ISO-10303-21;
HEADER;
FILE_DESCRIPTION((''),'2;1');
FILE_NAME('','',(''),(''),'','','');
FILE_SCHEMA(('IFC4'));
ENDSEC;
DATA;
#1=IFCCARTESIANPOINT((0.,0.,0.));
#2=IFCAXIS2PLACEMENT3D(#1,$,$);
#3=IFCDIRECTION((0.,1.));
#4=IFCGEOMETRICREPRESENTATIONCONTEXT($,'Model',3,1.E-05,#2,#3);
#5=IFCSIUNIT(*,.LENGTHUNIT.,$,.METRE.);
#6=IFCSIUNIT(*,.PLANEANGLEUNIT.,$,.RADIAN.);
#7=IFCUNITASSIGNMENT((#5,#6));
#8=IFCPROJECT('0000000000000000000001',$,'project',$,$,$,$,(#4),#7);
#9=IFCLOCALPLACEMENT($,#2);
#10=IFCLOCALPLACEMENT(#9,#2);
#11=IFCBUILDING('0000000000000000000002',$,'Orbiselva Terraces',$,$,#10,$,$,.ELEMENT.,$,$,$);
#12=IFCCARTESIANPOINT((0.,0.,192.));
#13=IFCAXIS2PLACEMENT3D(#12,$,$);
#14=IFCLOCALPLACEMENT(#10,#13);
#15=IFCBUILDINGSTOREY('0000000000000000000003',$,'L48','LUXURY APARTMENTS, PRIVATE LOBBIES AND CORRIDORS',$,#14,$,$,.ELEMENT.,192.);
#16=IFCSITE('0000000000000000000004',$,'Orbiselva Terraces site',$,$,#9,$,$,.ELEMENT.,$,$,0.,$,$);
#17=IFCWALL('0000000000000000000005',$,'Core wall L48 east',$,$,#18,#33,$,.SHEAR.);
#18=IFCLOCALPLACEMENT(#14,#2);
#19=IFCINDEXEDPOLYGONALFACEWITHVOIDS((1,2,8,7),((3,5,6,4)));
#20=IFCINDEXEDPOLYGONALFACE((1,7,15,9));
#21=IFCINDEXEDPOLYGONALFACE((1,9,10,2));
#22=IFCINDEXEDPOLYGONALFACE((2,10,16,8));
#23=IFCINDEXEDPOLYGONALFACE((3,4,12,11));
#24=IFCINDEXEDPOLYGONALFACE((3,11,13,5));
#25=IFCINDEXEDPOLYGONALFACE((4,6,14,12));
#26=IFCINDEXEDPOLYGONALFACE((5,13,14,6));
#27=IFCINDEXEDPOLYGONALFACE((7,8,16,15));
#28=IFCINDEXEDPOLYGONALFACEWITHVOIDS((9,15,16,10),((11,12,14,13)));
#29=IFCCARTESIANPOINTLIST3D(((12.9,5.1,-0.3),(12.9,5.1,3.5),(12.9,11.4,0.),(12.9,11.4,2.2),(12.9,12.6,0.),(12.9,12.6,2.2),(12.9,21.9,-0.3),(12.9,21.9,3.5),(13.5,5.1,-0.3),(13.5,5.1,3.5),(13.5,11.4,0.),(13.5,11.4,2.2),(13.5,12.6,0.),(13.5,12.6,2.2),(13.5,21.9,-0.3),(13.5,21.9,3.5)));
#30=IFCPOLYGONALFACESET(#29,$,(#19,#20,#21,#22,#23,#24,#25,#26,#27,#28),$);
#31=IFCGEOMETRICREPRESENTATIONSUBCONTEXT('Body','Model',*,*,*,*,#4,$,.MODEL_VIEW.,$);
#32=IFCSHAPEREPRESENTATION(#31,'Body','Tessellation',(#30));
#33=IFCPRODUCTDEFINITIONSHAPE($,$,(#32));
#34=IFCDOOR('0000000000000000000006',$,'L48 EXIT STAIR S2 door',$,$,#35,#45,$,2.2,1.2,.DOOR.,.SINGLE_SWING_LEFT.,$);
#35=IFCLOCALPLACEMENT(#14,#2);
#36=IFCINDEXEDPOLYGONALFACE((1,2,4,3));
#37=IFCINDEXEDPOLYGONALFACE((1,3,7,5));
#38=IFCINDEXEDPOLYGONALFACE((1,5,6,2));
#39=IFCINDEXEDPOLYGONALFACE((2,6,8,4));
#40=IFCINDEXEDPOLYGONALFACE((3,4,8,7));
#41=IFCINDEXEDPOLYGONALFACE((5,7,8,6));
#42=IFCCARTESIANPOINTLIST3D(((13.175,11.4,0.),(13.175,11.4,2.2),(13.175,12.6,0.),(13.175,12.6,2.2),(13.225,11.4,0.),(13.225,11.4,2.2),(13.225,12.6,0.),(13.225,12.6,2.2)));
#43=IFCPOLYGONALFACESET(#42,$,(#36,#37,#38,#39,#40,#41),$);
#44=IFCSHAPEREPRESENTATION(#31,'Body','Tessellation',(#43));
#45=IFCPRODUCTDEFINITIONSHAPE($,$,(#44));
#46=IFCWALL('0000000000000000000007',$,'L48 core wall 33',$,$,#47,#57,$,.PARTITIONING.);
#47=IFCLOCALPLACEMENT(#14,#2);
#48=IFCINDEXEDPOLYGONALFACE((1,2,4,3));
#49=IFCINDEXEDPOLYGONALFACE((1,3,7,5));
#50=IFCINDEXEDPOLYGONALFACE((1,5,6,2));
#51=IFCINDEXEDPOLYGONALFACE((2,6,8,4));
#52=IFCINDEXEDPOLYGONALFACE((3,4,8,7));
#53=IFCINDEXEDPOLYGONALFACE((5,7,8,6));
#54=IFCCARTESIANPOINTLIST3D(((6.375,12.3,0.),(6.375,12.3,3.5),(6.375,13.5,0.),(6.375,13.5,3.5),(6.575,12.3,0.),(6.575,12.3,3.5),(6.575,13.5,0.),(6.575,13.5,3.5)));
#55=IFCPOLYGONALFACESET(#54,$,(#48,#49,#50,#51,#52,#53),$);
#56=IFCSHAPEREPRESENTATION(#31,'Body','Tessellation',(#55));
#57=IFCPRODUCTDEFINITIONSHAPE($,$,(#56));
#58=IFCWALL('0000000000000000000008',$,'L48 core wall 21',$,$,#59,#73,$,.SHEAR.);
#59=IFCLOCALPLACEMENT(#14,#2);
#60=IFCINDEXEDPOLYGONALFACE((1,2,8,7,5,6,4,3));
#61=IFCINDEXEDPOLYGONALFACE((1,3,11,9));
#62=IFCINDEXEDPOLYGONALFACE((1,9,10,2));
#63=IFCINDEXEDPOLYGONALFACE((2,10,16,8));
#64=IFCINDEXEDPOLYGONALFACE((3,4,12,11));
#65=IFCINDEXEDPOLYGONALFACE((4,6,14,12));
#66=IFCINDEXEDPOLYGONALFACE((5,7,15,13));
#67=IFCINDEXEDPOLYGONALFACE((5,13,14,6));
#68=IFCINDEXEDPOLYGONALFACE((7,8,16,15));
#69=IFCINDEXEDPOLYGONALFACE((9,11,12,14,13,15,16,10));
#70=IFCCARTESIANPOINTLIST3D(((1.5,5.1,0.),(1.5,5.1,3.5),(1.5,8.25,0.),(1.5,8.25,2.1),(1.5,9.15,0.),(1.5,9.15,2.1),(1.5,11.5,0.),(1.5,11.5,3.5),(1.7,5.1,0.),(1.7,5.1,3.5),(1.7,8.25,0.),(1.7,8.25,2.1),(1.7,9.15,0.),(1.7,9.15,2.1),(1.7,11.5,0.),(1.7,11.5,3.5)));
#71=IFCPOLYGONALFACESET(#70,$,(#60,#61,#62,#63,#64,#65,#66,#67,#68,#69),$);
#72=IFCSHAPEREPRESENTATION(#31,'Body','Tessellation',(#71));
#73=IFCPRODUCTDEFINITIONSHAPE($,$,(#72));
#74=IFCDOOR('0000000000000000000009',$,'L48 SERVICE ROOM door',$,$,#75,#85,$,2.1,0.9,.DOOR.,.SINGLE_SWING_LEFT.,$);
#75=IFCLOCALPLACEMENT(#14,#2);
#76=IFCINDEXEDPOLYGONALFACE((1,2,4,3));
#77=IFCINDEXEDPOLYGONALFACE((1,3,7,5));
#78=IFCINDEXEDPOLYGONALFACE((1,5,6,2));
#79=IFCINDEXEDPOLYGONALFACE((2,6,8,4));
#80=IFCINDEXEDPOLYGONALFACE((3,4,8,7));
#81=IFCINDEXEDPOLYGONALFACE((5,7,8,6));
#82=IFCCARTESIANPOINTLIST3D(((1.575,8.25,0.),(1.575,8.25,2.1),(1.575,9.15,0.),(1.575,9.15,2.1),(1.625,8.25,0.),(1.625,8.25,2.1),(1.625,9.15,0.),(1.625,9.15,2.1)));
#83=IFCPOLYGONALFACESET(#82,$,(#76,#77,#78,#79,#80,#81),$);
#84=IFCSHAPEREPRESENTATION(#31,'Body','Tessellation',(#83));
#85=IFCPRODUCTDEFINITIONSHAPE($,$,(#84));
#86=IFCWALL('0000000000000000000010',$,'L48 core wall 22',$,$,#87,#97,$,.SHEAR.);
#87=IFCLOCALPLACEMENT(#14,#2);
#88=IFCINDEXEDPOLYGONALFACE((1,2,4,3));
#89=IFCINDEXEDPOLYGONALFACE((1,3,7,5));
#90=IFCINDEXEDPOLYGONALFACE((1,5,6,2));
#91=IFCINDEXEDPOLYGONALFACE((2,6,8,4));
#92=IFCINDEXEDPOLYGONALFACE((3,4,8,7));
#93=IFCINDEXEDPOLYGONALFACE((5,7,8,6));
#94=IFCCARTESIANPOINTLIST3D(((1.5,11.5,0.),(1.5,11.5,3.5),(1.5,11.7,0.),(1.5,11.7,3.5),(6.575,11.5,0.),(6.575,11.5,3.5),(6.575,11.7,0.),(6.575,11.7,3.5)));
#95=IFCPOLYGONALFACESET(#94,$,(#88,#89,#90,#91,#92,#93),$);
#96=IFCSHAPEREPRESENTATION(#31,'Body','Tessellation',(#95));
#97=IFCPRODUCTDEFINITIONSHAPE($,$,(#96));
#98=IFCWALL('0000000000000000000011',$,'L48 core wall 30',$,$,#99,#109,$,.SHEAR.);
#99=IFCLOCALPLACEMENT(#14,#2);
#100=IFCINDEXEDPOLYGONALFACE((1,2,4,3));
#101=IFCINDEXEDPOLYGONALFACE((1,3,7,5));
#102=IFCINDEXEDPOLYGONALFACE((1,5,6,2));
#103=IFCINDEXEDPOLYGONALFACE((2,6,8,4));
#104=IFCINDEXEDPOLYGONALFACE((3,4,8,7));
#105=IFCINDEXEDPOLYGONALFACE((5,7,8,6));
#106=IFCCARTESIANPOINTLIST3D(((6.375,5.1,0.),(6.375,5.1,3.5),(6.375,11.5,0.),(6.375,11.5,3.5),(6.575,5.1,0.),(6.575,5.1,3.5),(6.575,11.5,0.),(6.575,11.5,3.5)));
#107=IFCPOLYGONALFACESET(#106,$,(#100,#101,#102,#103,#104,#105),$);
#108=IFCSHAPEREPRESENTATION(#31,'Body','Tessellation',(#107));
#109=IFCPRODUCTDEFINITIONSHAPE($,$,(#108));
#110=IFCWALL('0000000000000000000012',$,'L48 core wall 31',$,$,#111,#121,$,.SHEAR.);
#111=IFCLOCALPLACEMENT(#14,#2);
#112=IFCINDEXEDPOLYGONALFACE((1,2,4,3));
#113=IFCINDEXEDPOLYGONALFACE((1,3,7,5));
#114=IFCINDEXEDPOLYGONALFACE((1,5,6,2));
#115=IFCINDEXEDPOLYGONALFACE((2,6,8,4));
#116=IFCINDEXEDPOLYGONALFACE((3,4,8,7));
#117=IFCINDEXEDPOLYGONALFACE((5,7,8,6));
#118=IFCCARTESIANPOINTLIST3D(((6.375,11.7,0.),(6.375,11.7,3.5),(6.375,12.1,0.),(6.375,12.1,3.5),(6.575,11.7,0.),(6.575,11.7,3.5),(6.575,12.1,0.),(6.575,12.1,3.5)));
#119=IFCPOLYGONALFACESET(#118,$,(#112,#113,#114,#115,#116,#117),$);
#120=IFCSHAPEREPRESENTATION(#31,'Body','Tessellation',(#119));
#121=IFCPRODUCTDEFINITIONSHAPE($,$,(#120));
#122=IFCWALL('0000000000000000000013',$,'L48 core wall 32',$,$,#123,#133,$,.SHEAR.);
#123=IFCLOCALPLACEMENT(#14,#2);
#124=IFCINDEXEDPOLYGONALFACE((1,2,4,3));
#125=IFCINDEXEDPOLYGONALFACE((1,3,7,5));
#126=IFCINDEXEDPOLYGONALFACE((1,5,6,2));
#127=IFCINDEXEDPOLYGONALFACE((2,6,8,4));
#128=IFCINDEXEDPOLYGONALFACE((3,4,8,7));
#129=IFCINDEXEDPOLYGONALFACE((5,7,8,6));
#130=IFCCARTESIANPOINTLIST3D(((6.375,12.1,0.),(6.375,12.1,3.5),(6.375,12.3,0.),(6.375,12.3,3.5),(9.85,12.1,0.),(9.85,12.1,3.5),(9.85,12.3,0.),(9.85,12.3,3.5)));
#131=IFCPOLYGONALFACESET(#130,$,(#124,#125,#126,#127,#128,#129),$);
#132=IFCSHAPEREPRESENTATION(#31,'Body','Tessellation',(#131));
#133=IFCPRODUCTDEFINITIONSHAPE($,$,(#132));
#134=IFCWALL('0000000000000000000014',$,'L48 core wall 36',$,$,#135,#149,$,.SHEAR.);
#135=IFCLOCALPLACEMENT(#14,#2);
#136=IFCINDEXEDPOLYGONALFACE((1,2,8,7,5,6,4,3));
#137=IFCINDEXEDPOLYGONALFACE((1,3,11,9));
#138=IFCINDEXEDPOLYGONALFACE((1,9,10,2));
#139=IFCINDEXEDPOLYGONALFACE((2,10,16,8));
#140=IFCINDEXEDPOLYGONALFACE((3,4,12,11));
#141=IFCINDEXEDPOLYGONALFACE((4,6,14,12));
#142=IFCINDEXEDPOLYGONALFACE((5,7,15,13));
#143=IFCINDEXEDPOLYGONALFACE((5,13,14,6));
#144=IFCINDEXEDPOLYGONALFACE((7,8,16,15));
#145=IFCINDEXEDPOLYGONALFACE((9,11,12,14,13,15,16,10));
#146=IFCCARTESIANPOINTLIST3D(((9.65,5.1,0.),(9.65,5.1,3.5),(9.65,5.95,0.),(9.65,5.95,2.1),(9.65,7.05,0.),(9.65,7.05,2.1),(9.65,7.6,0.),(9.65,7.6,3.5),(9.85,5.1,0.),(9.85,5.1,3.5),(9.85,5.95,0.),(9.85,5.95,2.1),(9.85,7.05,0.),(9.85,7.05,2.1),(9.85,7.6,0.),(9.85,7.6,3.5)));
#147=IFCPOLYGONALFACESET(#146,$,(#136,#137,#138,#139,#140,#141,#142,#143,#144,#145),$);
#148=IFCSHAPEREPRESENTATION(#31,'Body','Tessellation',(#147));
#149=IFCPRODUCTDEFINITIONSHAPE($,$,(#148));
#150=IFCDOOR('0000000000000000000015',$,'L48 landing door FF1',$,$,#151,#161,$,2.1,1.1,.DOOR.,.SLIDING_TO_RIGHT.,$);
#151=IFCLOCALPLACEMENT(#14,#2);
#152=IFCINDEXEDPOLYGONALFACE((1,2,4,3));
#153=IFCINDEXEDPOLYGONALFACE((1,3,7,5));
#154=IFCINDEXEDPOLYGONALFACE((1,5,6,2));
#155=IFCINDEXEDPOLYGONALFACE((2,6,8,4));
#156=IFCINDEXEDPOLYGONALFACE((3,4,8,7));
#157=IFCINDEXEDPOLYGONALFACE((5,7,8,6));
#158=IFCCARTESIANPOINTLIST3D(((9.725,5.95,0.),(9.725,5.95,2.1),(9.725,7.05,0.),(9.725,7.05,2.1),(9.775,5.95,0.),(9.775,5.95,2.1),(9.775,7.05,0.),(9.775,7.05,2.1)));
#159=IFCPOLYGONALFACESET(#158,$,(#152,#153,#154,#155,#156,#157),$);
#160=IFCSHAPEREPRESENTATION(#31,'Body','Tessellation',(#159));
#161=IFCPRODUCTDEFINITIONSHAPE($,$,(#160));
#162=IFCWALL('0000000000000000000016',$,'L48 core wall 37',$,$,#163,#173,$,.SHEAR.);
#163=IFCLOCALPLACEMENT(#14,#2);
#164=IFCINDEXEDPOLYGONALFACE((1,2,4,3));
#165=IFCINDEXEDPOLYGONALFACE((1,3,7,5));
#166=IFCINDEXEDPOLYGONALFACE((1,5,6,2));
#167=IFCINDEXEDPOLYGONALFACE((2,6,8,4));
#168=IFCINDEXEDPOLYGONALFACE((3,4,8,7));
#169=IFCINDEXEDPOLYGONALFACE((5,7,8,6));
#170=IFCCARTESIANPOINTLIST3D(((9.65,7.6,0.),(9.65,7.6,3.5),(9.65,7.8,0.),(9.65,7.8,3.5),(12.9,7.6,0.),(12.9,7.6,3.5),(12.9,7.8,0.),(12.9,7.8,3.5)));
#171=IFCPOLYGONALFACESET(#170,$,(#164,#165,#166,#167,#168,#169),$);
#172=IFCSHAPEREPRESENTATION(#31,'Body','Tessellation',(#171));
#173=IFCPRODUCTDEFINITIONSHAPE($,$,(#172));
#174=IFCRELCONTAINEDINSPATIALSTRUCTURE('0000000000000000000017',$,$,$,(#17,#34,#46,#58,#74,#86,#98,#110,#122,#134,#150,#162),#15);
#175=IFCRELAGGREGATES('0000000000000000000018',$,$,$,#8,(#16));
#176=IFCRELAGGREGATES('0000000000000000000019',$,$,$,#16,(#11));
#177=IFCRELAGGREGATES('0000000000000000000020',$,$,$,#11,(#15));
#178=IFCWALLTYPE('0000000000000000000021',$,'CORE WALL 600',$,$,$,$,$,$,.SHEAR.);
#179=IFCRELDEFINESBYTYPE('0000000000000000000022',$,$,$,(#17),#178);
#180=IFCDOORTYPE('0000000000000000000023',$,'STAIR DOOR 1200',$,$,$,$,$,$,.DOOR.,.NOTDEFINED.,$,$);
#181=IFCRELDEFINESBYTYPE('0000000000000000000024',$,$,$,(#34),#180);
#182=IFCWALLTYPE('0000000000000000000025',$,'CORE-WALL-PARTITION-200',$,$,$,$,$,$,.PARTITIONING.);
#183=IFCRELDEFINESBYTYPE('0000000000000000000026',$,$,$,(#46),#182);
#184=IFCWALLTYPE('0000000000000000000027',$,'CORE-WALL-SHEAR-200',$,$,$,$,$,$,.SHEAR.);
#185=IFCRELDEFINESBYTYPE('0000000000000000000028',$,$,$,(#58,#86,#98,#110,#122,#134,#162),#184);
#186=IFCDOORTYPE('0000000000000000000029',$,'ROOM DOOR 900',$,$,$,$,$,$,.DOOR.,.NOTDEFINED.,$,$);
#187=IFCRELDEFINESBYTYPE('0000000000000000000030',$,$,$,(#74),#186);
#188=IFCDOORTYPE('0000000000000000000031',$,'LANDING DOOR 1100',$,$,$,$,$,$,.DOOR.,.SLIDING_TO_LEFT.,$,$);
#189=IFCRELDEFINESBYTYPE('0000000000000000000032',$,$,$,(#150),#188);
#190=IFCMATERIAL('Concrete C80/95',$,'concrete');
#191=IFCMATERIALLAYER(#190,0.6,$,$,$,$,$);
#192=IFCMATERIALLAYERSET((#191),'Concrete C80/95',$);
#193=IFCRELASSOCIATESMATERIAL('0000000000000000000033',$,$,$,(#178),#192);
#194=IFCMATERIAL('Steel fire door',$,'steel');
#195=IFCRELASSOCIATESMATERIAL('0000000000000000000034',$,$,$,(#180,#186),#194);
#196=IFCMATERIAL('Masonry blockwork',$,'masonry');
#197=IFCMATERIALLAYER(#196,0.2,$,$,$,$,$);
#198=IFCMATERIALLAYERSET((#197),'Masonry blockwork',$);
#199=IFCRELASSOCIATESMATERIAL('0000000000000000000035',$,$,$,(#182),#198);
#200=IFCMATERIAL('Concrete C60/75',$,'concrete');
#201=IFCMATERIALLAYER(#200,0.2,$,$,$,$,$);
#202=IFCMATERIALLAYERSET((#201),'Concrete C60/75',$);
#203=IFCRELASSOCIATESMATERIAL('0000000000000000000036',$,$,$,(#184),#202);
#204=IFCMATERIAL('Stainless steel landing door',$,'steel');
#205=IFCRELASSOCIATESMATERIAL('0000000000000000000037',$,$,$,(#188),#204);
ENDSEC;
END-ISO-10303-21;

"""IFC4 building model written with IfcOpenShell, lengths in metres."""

from ifc_helpers import new_model, si_unit, direction, frame, frame_2d, origin, place, context, subcontext, project, spatial, rectangle, extrude, material, layer, layer_set, type_object, element, fill, save


model = new_model("IFC4")

# Units and contexts
model_context = context("Model", 3, precision=1e-05, world=origin(), true_north=direction((0.0, 1.0)))
body_context = subcontext(model_context, "Body", "Model", "MODEL_VIEW")
ifc_project = project(units=[si_unit("LENGTHUNIT", "METRE"), si_unit("PLANEANGLEUNIT", "RADIAN")], contexts=[model_context])

# Site, building, storey
site_placement = place(None, origin())
site = spatial("IfcSite", under=ifc_project, at=site_placement, Name="Orbiselva Terraces site", CompositionType="ELEMENT", RefElevation=0.0)
building_placement = place(site_placement, origin())
building = spatial("IfcBuilding", under=site, at=building_placement, Name="Orbiselva Terraces", CompositionType="ELEMENT")
storey_placement = place(building_placement, frame((0.0, 0.0, 192.0)))
storey = spatial("IfcBuildingStorey", under=building, at=storey_placement, Name="L48", Description="LUXURY APARTMENTS, PRIVATE LOBBIES AND CORRIDORS", CompositionType="ELEMENT", Elevation=192.0)

# Wall, opening, door
ifc_material_1 = material(Name="Concrete C80/95", Category="concrete")
ifc_layer_1 = layer(ifc_material_1, 0.6)
ifc_layer_set_1 = layer_set([ifc_layer_1], Name="Concrete C80/95")
wall_type_1 = type_object("IfcWallType", Name="CORE WALL 600", PredefinedType="SHEAR", material=ifc_layer_set_1)
wall_1_placement = place(storey_placement, frame((13.2, 5.1, -0.3), z_axis=(0.0, 0.0, 1.0), x_axis=(0.0, 1.0, 0.0)))
wall_1 = element("IfcWall", 1, at=wall_1_placement, inside=storey, type_object=wall_type_1, Name="Core wall L48 east", PredefinedType="SHEAR", context=body_context, shape_type="SweptSolid", body=[
    extrude(rectangle(XDim=16.8, YDim=0.6, at=frame_2d((8.4, 0.0))), origin(), (0.0, 0.0, 1.0), 3.8),
])
opening_1_placement = place(wall_1_placement, frame((6.3, 0.0, 0.3)))
opening_1 = element("IfcOpeningElement", 2, at=opening_1_placement, cuts=wall_1, PredefinedType="OPENING", context=body_context, shape_type="SweptSolid", body=[
    extrude(rectangle(XDim=1.2, YDim=2.2, at=frame_2d((0.6, 1.1))), frame((0.0, 0.31, 0.0), z_axis=(0.0, -1.0, 0.0), x_axis=(1.0, 0.0, 0.0)), (0.0, 0.0, 1.0), 0.62),
])
ifc_material_2 = material(Name="Steel fire door", Category="steel")
door_type_1 = type_object("IfcDoorType", Name="STAIR DOOR 1200", OperationType="NOTDEFINED", PredefinedType="DOOR", material=ifc_material_2)
door_1_placement = place(opening_1_placement, frame((1.2, 0.0, 0.0), z_axis=(0.0, 0.0, 1.0), x_axis=(-1.0, 0.0, 0.0)))
door_1 = element("IfcDoor", 3, at=door_1_placement, inside=storey, type_object=door_type_1, Name="L48 EXIT STAIR S2 door", OperationType="SINGLE_SWING_LEFT", OverallHeight=2.2, OverallWidth=1.2, PredefinedType="DOOR", context=body_context, shape_type="SweptSolid", body=[
    extrude(rectangle(XDim=1.2, YDim=2.2, at=frame_2d((0.6, 1.1))), frame((0.0, 0.025, 0.0), z_axis=(0.0, -1.0, 0.0), x_axis=(1.0, 0.0, 0.0)), (0.0, 0.0, 1.0), 0.05),
])
fill(opening_1, door_1)

# Wall
ifc_material_3 = material(Name="Masonry blockwork", Category="masonry")
ifc_layer_2 = layer(ifc_material_3, 0.2)
ifc_layer_set_2 = layer_set([ifc_layer_2], Name="Masonry blockwork")
wall_type_2 = type_object("IfcWallType", Name="CORE-WALL-PARTITION-200", PredefinedType="PARTITIONING", material=ifc_layer_set_2)
wall_2_placement = place(storey_placement, frame((6.475, 12.3, 0.0), z_axis=(0.0, 0.0, 1.0), x_axis=(0.0, 1.0, 0.0)))
element("IfcWall", 4, at=wall_2_placement, inside=storey, type_object=wall_type_2, Name="L48 core wall 33", PredefinedType="PARTITIONING", context=body_context, shape_type="SweptSolid", body=[
    extrude(rectangle(XDim=1.2, YDim=0.2, at=frame_2d((0.6, 0.0))), origin(), (0.0, 0.0, 1.0), 3.5),
])

# Wall, opening, door
ifc_material_4 = material(Name="Concrete C60/75", Category="concrete")
ifc_layer_3 = layer(ifc_material_4, 0.2)
ifc_layer_set_3 = layer_set([ifc_layer_3], Name="Concrete C60/75")
wall_type_3 = type_object("IfcWallType", Name="CORE-WALL-SHEAR-200", PredefinedType="SHEAR", material=ifc_layer_set_3)
wall_3_placement = place(storey_placement, frame((1.6, 11.5, 0.0), z_axis=(0.0, 0.0, 1.0), x_axis=(0.0, -1.0, 0.0)))
wall_3 = element("IfcWall", 5, at=wall_3_placement, inside=storey, type_object=wall_type_3, Name="L48 core wall 21", PredefinedType="SHEAR", context=body_context, shape_type="SweptSolid", body=[
    extrude(rectangle(XDim=6.4, YDim=0.2, at=frame_2d((3.2, 0.0))), origin(), (0.0, 0.0, 1.0), 3.5),
])
opening_2_placement = place(wall_3_placement, frame((2.35, 0.0, 0.0)))
opening_2 = element("IfcOpeningElement", 6, at=opening_2_placement, cuts=wall_3, PredefinedType="OPENING", context=body_context, shape_type="SweptSolid", body=[
    extrude(rectangle(XDim=0.9, YDim=2.1, at=frame_2d((0.45, 1.05))), frame((0.0, 0.11, 0.0), z_axis=(0.0, -1.0, 0.0), x_axis=(1.0, 0.0, 0.0)), (0.0, 0.0, 1.0), 0.22),
])
door_type_2 = type_object("IfcDoorType", Name="ROOM DOOR 900", OperationType="NOTDEFINED", PredefinedType="DOOR", material=ifc_material_2)
door_2_placement = place(opening_2_placement, origin())
door_2 = element("IfcDoor", 7, at=door_2_placement, inside=storey, type_object=door_type_2, Name="L48 SERVICE ROOM door", OperationType="SINGLE_SWING_LEFT", OverallHeight=2.1, OverallWidth=0.9, PredefinedType="DOOR", context=body_context, shape_type="SweptSolid", body=[
    extrude(rectangle(XDim=0.9, YDim=2.1, at=frame_2d((0.45, 1.05))), frame((0.0, 0.025, 0.0), z_axis=(0.0, -1.0, 0.0), x_axis=(1.0, 0.0, 0.0)), (0.0, 0.0, 1.0), 0.05),
])
fill(opening_2, door_2)

# Walls
wall_4_placement = place(storey_placement, frame((1.5, 11.6, 0.0), z_axis=(0.0, 0.0, 1.0), x_axis=(1.0, 0.0, 0.0)))
element("IfcWall", 8, at=wall_4_placement, inside=storey, type_object=wall_type_3, Name="L48 core wall 22", PredefinedType="SHEAR", context=body_context, shape_type="SweptSolid", body=[
    extrude(rectangle(XDim=5.075, YDim=0.2, at=frame_2d((2.5375, 0.0))), origin(), (0.0, 0.0, 1.0), 3.5),
])
wall_5_placement = place(storey_placement, frame((6.475, 5.1, 0.0), z_axis=(0.0, 0.0, 1.0), x_axis=(0.0, 1.0, 0.0)))
element("IfcWall", 9, at=wall_5_placement, inside=storey, type_object=wall_type_3, Name="L48 core wall 30", PredefinedType="SHEAR", context=body_context, shape_type="SweptSolid", body=[
    extrude(rectangle(XDim=6.4, YDim=0.2, at=frame_2d((3.2, 0.0))), origin(), (0.0, 0.0, 1.0), 3.5),
])
wall_6_placement = place(storey_placement, frame((6.475, 11.7, 0.0), z_axis=(0.0, 0.0, 1.0), x_axis=(0.0, 1.0, 0.0)))
element("IfcWall", 10, at=wall_6_placement, inside=storey, type_object=wall_type_3, Name="L48 core wall 31", PredefinedType="SHEAR", context=body_context, shape_type="SweptSolid", body=[
    extrude(rectangle(XDim=0.4, YDim=0.2, at=frame_2d((0.2, 0.0))), origin(), (0.0, 0.0, 1.0), 3.5),
])
wall_7_placement = place(storey_placement, frame((6.375, 12.2, 0.0), z_axis=(0.0, 0.0, 1.0), x_axis=(1.0, 0.0, 0.0)))
element("IfcWall", 11, at=wall_7_placement, inside=storey, type_object=wall_type_3, Name="L48 core wall 32", PredefinedType="SHEAR", context=body_context, shape_type="SweptSolid", body=[
    extrude(rectangle(XDim=3.475, YDim=0.2, at=frame_2d((1.7375, 0.0))), origin(), (0.0, 0.0, 1.0), 3.5),
])

# Wall, opening, door
wall_8_placement = place(storey_placement, frame((9.75, 5.1, 0.0), z_axis=(0.0, 0.0, 1.0), x_axis=(0.0, 1.0, 0.0)))
wall_8 = element("IfcWall", 12, at=wall_8_placement, inside=storey, type_object=wall_type_3, Name="L48 core wall 36", PredefinedType="SHEAR", context=body_context, shape_type="SweptSolid", body=[
    extrude(rectangle(XDim=2.5, YDim=0.2, at=frame_2d((1.25, 0.0))), origin(), (0.0, 0.0, 1.0), 3.5),
])
opening_3_placement = place(wall_8_placement, frame((0.85, 0.0, 0.0)))
opening_3 = element("IfcOpeningElement", 13, at=opening_3_placement, cuts=wall_8, PredefinedType="OPENING", context=body_context, shape_type="SweptSolid", body=[
    extrude(rectangle(XDim=1.1, YDim=2.1, at=frame_2d((0.55, 1.05))), frame((0.0, 0.11, 0.0), z_axis=(0.0, -1.0, 0.0), x_axis=(1.0, 0.0, 0.0)), (0.0, 0.0, 1.0), 0.22),
])
ifc_material_5 = material(Name="Stainless steel landing door", Category="steel")
door_type_3 = type_object("IfcDoorType", Name="LANDING DOOR 1100", OperationType="SLIDING_TO_LEFT", PredefinedType="DOOR", material=ifc_material_5)
door_3_placement = place(opening_3_placement, origin())
door_3 = element("IfcDoor", 14, at=door_3_placement, inside=storey, type_object=door_type_3, Name="L48 landing door FF1", OperationType="SLIDING_TO_RIGHT", OverallHeight=2.1, OverallWidth=1.1, PredefinedType="DOOR", context=body_context, shape_type="SweptSolid", body=[
    extrude(rectangle(XDim=1.1, YDim=2.1, at=frame_2d((0.55, 1.05))), frame((0.0, 0.025, 0.0), z_axis=(0.0, -1.0, 0.0), x_axis=(1.0, 0.0, 0.0)), (0.0, 0.0, 1.0), 0.05),
])
fill(opening_3, door_3)

# Wall
wall_9_placement = place(storey_placement, frame((9.65, 7.7, 0.0), z_axis=(0.0, 0.0, 1.0), x_axis=(1.0, 0.0, 0.0)))
element("IfcWall", 15, at=wall_9_placement, inside=storey, type_object=wall_type_3, Name="L48 core wall 37", PredefinedType="SHEAR", context=body_context, shape_type="SweptSolid", body=[
    extrude(rectangle(XDim=3.25, YDim=0.2, at=frame_2d((1.625, 0.0))), origin(), (0.0, 0.0, 1.0), 3.5),
])

save(model, "model.ifc")
